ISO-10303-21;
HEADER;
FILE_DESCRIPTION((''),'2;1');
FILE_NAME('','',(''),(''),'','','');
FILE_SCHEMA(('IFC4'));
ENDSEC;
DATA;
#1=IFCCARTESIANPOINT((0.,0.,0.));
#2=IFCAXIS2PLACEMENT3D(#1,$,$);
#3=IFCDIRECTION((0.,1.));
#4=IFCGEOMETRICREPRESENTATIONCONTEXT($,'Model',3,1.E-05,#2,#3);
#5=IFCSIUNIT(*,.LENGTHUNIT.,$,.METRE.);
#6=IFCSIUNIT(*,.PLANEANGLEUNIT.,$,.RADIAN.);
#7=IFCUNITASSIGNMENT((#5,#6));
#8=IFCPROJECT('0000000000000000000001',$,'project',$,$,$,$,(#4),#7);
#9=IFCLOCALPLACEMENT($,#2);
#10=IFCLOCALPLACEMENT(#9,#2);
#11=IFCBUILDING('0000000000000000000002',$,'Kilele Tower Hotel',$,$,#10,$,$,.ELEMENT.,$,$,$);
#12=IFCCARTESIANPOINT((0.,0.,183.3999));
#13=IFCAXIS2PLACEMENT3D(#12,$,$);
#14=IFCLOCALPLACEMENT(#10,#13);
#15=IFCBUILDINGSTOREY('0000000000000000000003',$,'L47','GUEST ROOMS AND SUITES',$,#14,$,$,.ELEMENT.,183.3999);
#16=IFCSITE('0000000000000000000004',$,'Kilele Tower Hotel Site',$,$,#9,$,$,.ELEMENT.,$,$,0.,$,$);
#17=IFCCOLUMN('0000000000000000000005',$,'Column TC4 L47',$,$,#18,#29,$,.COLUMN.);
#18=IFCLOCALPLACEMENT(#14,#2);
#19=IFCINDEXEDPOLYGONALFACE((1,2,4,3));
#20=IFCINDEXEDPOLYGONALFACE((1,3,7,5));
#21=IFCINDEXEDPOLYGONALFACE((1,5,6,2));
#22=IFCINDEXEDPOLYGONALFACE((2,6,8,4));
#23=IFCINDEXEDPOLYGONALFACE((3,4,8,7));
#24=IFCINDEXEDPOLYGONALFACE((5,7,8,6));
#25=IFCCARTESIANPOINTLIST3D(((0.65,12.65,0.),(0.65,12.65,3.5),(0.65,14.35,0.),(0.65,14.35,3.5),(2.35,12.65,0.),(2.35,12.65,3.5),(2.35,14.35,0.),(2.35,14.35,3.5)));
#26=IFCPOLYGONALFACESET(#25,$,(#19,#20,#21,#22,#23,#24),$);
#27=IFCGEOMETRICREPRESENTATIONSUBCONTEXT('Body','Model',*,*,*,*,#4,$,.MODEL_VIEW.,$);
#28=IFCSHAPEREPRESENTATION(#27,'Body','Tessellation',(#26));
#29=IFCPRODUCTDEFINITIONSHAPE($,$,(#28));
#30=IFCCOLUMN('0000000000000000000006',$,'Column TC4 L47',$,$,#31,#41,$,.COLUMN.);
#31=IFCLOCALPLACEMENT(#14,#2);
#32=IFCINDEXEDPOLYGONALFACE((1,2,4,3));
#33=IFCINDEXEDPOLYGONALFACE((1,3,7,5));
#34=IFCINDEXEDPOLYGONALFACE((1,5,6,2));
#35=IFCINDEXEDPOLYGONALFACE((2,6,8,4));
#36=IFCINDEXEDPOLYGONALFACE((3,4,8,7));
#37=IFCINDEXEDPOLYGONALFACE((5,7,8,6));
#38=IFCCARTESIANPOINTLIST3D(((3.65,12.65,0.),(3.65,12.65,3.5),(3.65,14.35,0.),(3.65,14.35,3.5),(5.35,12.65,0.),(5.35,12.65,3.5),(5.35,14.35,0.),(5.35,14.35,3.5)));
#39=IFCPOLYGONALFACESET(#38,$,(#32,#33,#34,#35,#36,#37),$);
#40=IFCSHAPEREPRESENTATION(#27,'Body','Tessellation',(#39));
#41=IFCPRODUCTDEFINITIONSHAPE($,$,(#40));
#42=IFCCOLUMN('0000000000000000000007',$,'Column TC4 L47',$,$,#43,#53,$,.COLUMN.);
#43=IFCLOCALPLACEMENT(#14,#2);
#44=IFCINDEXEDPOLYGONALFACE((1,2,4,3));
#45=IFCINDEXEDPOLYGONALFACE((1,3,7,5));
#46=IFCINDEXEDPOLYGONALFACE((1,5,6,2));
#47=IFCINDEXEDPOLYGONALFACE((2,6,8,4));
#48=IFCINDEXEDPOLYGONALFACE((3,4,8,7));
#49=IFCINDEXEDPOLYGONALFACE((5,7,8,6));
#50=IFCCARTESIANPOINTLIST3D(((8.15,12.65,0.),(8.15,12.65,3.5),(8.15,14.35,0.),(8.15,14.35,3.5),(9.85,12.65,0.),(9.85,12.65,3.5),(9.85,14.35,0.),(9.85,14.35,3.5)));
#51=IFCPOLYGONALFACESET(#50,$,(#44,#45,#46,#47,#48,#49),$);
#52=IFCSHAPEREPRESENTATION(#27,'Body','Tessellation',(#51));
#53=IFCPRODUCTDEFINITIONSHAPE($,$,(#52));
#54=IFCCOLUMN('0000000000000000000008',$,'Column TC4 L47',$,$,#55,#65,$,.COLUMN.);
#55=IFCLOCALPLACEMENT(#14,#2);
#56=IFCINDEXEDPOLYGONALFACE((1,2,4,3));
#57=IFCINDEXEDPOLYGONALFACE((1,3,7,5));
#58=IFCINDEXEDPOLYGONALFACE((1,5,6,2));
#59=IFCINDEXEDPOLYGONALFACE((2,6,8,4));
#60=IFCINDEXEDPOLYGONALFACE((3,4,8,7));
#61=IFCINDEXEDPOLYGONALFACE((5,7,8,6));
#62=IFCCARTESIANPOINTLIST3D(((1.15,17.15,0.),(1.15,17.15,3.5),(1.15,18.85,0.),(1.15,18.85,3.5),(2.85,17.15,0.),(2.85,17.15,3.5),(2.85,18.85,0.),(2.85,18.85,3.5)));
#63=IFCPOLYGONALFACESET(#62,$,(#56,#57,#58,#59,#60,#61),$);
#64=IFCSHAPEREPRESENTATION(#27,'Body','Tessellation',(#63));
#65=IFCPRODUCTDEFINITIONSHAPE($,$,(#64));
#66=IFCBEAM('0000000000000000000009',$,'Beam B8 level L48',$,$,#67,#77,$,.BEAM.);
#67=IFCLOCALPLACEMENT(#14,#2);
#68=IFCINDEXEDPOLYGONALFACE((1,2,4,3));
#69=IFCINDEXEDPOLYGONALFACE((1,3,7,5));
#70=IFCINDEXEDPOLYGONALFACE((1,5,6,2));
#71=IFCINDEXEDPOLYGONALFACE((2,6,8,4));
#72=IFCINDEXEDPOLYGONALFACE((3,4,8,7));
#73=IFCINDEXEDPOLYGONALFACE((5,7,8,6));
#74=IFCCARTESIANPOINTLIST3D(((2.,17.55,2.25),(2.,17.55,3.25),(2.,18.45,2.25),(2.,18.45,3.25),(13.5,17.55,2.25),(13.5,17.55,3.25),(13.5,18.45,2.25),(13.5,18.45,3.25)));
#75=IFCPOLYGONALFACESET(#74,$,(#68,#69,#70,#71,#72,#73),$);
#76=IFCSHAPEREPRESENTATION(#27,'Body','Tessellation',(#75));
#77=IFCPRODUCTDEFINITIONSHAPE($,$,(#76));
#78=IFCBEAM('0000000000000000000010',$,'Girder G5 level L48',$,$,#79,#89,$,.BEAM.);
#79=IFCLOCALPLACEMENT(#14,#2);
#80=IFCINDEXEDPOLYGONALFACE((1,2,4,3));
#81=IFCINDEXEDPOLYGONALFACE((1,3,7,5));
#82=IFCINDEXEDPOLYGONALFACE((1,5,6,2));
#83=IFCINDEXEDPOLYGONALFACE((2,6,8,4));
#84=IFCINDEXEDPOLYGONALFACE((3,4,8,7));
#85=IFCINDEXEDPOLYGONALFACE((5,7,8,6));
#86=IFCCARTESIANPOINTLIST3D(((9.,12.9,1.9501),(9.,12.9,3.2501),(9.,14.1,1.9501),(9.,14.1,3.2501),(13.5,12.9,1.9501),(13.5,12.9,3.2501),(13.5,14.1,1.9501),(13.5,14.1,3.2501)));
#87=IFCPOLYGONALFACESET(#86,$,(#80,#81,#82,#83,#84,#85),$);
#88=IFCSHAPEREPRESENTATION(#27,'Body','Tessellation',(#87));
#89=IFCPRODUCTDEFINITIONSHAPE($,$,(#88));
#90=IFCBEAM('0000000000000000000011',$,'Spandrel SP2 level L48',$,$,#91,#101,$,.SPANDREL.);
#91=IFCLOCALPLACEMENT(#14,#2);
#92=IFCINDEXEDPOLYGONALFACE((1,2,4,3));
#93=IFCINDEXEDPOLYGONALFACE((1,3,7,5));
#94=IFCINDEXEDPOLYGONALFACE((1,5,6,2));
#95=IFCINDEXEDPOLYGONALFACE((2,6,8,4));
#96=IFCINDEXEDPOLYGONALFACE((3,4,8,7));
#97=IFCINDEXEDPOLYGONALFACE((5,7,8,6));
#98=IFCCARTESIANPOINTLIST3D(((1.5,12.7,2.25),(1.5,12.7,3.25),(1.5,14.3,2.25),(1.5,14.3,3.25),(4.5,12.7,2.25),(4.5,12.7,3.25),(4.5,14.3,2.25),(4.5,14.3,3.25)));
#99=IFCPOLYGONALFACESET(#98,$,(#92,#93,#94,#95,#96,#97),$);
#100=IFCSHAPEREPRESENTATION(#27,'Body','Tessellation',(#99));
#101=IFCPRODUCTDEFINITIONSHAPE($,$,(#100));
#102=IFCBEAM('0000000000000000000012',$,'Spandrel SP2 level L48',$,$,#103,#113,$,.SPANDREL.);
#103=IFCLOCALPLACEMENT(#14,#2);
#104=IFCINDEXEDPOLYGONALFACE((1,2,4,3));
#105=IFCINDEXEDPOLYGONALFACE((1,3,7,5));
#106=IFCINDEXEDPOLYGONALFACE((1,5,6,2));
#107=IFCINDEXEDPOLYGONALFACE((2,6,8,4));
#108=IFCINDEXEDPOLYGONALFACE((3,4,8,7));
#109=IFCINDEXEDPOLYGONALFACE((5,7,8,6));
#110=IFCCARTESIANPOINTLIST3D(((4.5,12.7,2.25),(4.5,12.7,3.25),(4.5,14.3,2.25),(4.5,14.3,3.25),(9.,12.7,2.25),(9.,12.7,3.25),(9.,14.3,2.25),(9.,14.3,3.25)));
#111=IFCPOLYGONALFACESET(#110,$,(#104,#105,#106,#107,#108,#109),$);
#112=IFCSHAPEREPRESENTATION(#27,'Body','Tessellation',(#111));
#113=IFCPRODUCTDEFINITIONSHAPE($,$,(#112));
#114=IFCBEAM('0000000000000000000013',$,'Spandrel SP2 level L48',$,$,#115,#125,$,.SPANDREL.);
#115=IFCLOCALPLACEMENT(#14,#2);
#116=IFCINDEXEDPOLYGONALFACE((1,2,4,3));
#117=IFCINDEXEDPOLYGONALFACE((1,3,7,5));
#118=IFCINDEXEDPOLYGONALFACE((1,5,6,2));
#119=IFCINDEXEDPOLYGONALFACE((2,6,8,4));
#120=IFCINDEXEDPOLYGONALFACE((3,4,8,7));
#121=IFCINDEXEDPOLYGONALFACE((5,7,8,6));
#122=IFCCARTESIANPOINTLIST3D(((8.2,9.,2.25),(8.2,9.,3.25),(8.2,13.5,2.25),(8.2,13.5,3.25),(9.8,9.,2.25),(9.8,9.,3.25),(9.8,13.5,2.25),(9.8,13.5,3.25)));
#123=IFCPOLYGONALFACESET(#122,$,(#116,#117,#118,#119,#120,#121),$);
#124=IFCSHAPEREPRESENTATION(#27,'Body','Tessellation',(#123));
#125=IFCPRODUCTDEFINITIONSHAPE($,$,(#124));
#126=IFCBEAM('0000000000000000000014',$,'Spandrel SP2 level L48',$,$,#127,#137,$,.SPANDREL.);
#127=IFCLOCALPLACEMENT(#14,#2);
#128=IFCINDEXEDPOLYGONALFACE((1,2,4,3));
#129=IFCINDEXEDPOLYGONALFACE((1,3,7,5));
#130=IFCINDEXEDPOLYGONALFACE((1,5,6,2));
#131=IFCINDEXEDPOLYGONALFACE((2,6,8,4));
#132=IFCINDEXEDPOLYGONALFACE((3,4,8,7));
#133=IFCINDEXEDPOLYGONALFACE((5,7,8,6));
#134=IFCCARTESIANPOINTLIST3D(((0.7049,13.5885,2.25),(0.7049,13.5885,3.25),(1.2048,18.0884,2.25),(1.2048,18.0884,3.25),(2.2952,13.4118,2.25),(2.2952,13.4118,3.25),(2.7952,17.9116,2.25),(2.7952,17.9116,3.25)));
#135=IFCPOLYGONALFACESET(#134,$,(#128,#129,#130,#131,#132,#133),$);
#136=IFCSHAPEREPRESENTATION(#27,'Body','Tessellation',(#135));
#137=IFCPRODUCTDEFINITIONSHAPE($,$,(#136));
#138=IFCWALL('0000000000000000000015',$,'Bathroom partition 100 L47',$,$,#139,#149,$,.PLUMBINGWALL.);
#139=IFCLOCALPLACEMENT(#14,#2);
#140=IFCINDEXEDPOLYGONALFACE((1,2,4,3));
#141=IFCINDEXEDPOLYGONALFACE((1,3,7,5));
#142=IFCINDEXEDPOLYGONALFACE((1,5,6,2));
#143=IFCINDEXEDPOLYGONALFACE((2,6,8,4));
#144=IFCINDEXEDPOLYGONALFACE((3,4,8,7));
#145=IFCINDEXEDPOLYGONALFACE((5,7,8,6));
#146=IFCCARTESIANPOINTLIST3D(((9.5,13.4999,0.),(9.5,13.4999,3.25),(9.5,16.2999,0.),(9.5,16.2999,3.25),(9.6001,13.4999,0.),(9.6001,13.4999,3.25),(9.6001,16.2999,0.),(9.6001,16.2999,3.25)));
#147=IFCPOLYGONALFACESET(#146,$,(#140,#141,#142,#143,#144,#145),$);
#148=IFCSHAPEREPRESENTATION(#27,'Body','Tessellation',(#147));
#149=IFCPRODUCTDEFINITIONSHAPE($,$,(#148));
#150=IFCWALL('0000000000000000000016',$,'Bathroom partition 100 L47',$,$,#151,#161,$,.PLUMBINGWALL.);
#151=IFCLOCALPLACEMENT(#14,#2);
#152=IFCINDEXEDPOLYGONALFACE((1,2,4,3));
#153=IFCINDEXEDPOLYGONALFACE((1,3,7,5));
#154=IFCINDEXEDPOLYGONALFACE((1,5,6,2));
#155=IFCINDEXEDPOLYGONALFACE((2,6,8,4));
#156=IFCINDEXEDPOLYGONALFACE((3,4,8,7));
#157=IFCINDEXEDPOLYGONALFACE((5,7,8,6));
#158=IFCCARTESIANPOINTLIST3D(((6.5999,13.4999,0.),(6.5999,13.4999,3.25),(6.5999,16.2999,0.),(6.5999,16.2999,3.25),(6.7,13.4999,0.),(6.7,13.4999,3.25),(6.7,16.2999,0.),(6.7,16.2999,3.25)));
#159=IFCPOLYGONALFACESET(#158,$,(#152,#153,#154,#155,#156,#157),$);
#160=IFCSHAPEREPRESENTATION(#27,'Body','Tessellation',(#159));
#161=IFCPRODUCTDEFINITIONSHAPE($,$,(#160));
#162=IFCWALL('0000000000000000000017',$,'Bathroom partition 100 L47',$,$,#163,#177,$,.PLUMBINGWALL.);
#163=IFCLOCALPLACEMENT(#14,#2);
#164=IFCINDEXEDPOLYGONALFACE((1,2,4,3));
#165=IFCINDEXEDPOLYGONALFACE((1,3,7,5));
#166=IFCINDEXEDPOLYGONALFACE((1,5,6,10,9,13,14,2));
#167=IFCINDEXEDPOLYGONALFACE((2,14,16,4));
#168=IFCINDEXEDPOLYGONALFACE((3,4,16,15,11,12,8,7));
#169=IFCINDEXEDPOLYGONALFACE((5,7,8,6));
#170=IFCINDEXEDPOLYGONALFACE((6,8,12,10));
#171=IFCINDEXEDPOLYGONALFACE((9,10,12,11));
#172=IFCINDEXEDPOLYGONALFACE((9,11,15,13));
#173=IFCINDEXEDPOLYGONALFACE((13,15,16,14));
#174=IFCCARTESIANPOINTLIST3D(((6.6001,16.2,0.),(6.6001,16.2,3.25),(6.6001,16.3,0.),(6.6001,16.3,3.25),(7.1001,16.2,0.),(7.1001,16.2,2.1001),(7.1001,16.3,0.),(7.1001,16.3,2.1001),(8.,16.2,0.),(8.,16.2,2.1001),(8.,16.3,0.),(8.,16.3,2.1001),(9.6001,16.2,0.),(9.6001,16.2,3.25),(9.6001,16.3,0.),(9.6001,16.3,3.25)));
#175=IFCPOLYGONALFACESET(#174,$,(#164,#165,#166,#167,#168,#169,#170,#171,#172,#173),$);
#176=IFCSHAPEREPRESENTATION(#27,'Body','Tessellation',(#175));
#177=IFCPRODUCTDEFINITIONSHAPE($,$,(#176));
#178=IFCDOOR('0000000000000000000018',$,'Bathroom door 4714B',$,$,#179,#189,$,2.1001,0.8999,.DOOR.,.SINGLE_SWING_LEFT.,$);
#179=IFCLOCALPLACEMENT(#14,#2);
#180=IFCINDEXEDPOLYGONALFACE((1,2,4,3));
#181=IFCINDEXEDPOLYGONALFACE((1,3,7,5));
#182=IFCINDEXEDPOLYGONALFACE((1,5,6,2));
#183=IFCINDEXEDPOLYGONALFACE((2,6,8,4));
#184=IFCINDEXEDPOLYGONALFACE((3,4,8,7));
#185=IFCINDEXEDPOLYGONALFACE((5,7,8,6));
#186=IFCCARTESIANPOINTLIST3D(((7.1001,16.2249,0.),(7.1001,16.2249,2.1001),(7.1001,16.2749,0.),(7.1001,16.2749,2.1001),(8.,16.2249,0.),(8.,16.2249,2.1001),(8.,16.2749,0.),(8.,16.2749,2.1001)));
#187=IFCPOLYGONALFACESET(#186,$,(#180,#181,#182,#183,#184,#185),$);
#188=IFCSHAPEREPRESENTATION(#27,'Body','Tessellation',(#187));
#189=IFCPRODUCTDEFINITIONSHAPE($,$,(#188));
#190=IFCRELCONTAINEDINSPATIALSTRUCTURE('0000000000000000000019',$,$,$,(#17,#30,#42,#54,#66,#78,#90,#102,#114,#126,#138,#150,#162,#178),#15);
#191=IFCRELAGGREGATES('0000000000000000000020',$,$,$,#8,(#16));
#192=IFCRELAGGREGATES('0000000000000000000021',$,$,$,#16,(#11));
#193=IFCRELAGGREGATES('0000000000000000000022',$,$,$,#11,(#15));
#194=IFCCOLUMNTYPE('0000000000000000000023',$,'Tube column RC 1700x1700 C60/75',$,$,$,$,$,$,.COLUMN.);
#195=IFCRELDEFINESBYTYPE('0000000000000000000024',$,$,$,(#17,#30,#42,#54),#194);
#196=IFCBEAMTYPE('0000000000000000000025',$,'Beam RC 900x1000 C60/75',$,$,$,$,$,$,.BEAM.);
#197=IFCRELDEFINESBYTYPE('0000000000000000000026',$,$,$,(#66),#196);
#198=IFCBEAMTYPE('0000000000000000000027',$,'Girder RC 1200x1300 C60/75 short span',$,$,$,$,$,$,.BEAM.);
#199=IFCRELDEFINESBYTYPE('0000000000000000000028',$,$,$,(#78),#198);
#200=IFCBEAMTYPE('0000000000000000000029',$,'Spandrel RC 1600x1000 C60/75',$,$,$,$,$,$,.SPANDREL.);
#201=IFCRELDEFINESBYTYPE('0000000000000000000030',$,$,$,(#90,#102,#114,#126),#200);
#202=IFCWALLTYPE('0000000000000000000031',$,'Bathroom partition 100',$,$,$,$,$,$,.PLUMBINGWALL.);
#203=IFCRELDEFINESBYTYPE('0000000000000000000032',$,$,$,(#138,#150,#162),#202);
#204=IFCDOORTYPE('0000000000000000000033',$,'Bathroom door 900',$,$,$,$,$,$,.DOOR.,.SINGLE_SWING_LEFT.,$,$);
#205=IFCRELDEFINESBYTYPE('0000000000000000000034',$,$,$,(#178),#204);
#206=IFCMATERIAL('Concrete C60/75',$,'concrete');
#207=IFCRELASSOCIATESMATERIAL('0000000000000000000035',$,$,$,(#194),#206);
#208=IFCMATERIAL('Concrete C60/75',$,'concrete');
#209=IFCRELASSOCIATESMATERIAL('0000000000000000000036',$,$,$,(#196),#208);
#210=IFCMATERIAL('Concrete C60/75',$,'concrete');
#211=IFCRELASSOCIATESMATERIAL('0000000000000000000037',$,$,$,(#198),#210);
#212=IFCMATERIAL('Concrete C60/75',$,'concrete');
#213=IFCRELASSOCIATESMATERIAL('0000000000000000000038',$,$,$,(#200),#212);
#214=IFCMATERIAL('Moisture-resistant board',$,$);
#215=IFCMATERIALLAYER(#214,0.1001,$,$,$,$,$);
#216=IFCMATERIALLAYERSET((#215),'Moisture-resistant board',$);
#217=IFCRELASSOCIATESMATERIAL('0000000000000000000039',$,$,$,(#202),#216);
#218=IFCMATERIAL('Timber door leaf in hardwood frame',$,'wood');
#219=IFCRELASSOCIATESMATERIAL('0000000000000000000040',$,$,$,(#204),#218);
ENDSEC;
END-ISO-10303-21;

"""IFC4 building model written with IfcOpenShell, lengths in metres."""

from ifc_helpers import new_model, si_unit, direction, frame, frame_2d, origin, origin_2d, place, context, subcontext, project, spatial, rectangle, extrude, material, layer, layer_set, material_profile, profile_set, type_object, element, fill, save


model = new_model("IFC4")

# Units and contexts
model_context = context("Model", 3, precision=1e-05, world=origin(), true_north=direction((0.0, 1.0)))
body_context = subcontext(model_context, "Body", "Model", "MODEL_VIEW")
ifc_project = project(units=[si_unit("LENGTHUNIT", "METRE"), si_unit("PLANEANGLEUNIT", "RADIAN")], contexts=[model_context])

# Site, building, storey
site_placement = place(None, origin())
site = spatial("IfcSite", under=ifc_project, at=site_placement, Name="Kilele Tower Hotel Site", CompositionType="ELEMENT", RefElevation=0.0)
building_placement = place(site_placement, origin())
building = spatial("IfcBuilding", under=site, at=building_placement, Name="Kilele Tower Hotel", CompositionType="ELEMENT")
storey_placement = place(building_placement, frame((0.0, 0.0, 183.3999)))
storey = spatial("IfcBuildingStorey", under=building, at=storey_placement, Name="L47", Description="GUEST ROOMS AND SUITES", CompositionType="ELEMENT", Elevation=183.3999)

# Columns
ifc_material_1 = material(Name="Concrete C60/75", Category="concrete")
ifc_material_profile_1 = material_profile(ifc_material_1, rectangle(XDim=1.7, YDim=1.7, at=origin_2d()))
ifc_profile_set_1 = profile_set([ifc_material_profile_1], Name="Concrete C60/75")
column_type = type_object("IfcColumnType", Name="Tube column RC 1700x1700 C60/75", PredefinedType="COLUMN", material=ifc_profile_set_1)
for number, where, z_axis, x_axis, name in (
    (1, (1.5, 13.5, 0.0), (0.0, 0.0, 1.0), (1.0, 0.0, 0.0), "Column TC4 L47"),
    (2, (4.5, 13.5, 0.0), (0.0, 0.0, 1.0), (1.0, 0.0, 0.0), "Column TC4 L47"),
    (3, (9.0, 13.5, 0.0), (0.0, 0.0, 1.0), (1.0, 0.0, 0.0), "Column TC4 L47"),
    (4, (2.0, 18.0, 0.0), (0.0, 0.0, 1.0), (1.0, 0.0, 0.0), "Column TC4 L47"),
):
    element("IfcColumn", number, at=place(storey_placement, frame(where, z_axis=z_axis, x_axis=x_axis)), inside=storey, type_object=column_type, Name=name, PredefinedType="COLUMN", context=body_context, shape_type="SweptSolid", body=[
        extrude(rectangle(XDim=1.7, YDim=1.7, at=origin_2d()), origin(), (0.0, 0.0, 1.0), 3.5),
    ])

# Beams
ifc_material_2 = material(Name="Concrete C60/75", Category="concrete")
ifc_material_profile_2 = material_profile(ifc_material_2, rectangle(XDim=0.8999, YDim=1.0, at=origin_2d()))
ifc_profile_set_2 = profile_set([ifc_material_profile_2], Name="Concrete C60/75")
beam_type_1 = type_object("IfcBeamType", Name="Beam RC 900x1000 C60/75", PredefinedType="BEAM", material=ifc_profile_set_2)
beam_1_placement = place(storey_placement, frame((2.0, 18.0, 2.75), z_axis=(1.0, 0.0, 0.0), x_axis=(0.0, 1.0, 0.0)))
element("IfcBeam", 5, at=beam_1_placement, inside=storey, type_object=beam_type_1, Name="Beam B8 level L48", PredefinedType="BEAM", context=body_context, shape_type="SweptSolid", body=[
    extrude(rectangle(XDim=0.8999, YDim=1.0, at=origin_2d()), origin(), (0.0, 0.0, 1.0), 11.5),
])
ifc_material_3 = material(Name="Concrete C60/75", Category="concrete")
ifc_material_profile_3 = material_profile(ifc_material_3, rectangle(XDim=1.2, YDim=1.3, at=origin_2d()))
ifc_profile_set_3 = profile_set([ifc_material_profile_3], Name="Concrete C60/75")
beam_type_2 = type_object("IfcBeamType", Name="Girder RC 1200x1300 C60/75 short span", PredefinedType="BEAM", material=ifc_profile_set_3)
beam_2_placement = place(storey_placement, frame((9.0, 13.5, 2.6001), z_axis=(1.0, 0.0, 0.0), x_axis=(0.0, 1.0, 0.0)))
element("IfcBeam", 6, at=beam_2_placement, inside=storey, type_object=beam_type_2, Name="Girder G5 level L48", PredefinedType="BEAM", context=body_context, shape_type="SweptSolid", body=[
    extrude(rectangle(XDim=1.2, YDim=1.3, at=origin_2d()), origin(), (0.0, 0.0, 1.0), 4.5),
])
ifc_material_4 = material(Name="Concrete C60/75", Category="concrete")
ifc_material_profile_4 = material_profile(ifc_material_4, rectangle(XDim=1.6001, YDim=1.0, at=origin_2d()))
ifc_profile_set_4 = profile_set([ifc_material_profile_4], Name="Concrete C60/75")
beam_type_3 = type_object("IfcBeamType", Name="Spandrel RC 1600x1000 C60/75", PredefinedType="SPANDREL", material=ifc_profile_set_4)
beam_3_placement = place(storey_placement, frame((1.5, 13.5, 2.75), z_axis=(1.0, 0.0, 0.0), x_axis=(0.0, 1.0, 0.0)))
element("IfcBeam", 7, at=beam_3_placement, inside=storey, type_object=beam_type_3, Name="Spandrel SP2 level L48", PredefinedType="SPANDREL", context=body_context, shape_type="SweptSolid", body=[
    extrude(rectangle(XDim=1.6001, YDim=1.0, at=origin_2d()), origin(), (0.0, 0.0, 1.0), 3.0),
])
for number, where, z_axis, x_axis, name in (
    (8, (4.5, 13.5, 2.75), (1.0, 0.0, 0.0), (0.0, 1.0, 0.0), "Spandrel SP2 level L48"),
    (9, (9.0, 13.5, 2.75), (0.0, -1.0, 0.0), (1.0, 0.0, 0.0), "Spandrel SP2 level L48"),
):
    element("IfcBeam", number, at=place(storey_placement, frame(where, z_axis=z_axis, x_axis=x_axis)), inside=storey, type_object=beam_type_3, Name=name, PredefinedType="SPANDREL", context=body_context, shape_type="SweptSolid", body=[
        extrude(rectangle(XDim=1.6001, YDim=1.0, at=origin_2d()), origin(), (0.0, 0.0, 1.0), 4.5),
    ])
beam_4_placement = place(storey_placement, frame((2.0, 18.0, 2.75), z_axis=(-0.110432, -0.993884, 0.0), x_axis=(0.993884, -0.110432, 0.0)))
element("IfcBeam", 10, at=beam_4_placement, inside=storey, type_object=beam_type_3, Name="Spandrel SP2 level L48", PredefinedType="SPANDREL", context=body_context, shape_type="SweptSolid", body=[
    extrude(rectangle(XDim=1.6001, YDim=1.0, at=origin_2d()), origin(), (0.0, 0.0, 1.0), 4.5276),
])

# Walls
ifc_material_5 = material(Name="Moisture-resistant board")
ifc_layer_1 = layer(ifc_material_5, 0.1001)
ifc_layer_set_1 = layer_set([ifc_layer_1], Name="Moisture-resistant board")
wall_type_1 = type_object("IfcWallType", Name="Bathroom partition 100", PredefinedType="PLUMBINGWALL", material=ifc_layer_set_1)
for number, where, z_axis, x_axis, name in (
    (11, (9.55, 13.5, 0.0), (0.0, 0.0, 1.0), (0.0, 1.0, 0.0), "Bathroom partition 100 L47"),
    (12, (6.6499, 13.5, 0.0), (0.0, 0.0, 1.0), (0.0, 1.0, 0.0), "Bathroom partition 100 L47"),
):
    element("IfcWall", number, at=place(storey_placement, frame(where, z_axis=z_axis, x_axis=x_axis)), inside=storey, type_object=wall_type_1, Name=name, PredefinedType="PLUMBINGWALL", context=body_context, shape_type="SweptSolid", body=[
        extrude(rectangle(XDim=2.8, YDim=0.1001, at=frame_2d((1.3999, 0.0))), origin(), (0.0, 0.0, 1.0), 3.25),
    ])

# Wall, opening, door
wall_1_placement = place(storey_placement, frame((9.6001, 16.25, 0.0), z_axis=(0.0, 0.0, 1.0), x_axis=(-1.0, 0.0, 0.0)))
wall_1 = element("IfcWall", 13, at=wall_1_placement, inside=storey, type_object=wall_type_1, Name="Bathroom partition 100 L47", PredefinedType="PLUMBINGWALL", context=body_context, shape_type="SweptSolid", body=[
    extrude(rectangle(XDim=3.0, YDim=0.1001, at=frame_2d((1.5, 0.0))), origin(), (0.0, 0.0, 1.0), 3.25),
])
opening_1_placement = place(wall_1_placement, frame((2.5, 0.0, 0.0), z_axis=(0.0, 0.0, 1.0), x_axis=(-1.0, 0.0, 0.0)))
opening_1 = element("IfcOpeningElement", 14, at=opening_1_placement, cuts=wall_1, PredefinedType="OPENING", context=body_context, shape_type="SweptSolid", body=[
    extrude(rectangle(XDim=0.8999, YDim=2.1001, at=frame_2d((0.45, 1.05))), frame((0.0, 0.0601, 0.0), z_axis=(0.0, -1.0, 0.0), x_axis=(1.0, 0.0, 0.0)), (0.0, 0.0, 1.0), 0.1201),
])
ifc_material_6 = material(Name="Timber door leaf in hardwood frame", Category="wood")
door_type = type_object("IfcDoorType", Name="Bathroom door 900", OperationType="SINGLE_SWING_LEFT", PredefinedType="DOOR", material=ifc_material_6)
door_placement = place(opening_1_placement, origin())
door = element("IfcDoor", 15, at=door_placement, inside=storey, type_object=door_type, Name="Bathroom door 4714B", OperationType="SINGLE_SWING_LEFT", OverallHeight=2.1001, OverallWidth=0.8999, PredefinedType="DOOR", context=body_context, shape_type="SweptSolid", body=[
    extrude(rectangle(XDim=0.8999, YDim=2.1001, at=frame_2d((0.45, 1.05))), frame((0.0, 0.0249, 0.0), z_axis=(0.0, -1.0, 0.0), x_axis=(1.0, 0.0, 0.0)), (0.0, 0.0, 1.0), 0.05),
])
fill(opening_1, door)

save(model, "model.ifc")
